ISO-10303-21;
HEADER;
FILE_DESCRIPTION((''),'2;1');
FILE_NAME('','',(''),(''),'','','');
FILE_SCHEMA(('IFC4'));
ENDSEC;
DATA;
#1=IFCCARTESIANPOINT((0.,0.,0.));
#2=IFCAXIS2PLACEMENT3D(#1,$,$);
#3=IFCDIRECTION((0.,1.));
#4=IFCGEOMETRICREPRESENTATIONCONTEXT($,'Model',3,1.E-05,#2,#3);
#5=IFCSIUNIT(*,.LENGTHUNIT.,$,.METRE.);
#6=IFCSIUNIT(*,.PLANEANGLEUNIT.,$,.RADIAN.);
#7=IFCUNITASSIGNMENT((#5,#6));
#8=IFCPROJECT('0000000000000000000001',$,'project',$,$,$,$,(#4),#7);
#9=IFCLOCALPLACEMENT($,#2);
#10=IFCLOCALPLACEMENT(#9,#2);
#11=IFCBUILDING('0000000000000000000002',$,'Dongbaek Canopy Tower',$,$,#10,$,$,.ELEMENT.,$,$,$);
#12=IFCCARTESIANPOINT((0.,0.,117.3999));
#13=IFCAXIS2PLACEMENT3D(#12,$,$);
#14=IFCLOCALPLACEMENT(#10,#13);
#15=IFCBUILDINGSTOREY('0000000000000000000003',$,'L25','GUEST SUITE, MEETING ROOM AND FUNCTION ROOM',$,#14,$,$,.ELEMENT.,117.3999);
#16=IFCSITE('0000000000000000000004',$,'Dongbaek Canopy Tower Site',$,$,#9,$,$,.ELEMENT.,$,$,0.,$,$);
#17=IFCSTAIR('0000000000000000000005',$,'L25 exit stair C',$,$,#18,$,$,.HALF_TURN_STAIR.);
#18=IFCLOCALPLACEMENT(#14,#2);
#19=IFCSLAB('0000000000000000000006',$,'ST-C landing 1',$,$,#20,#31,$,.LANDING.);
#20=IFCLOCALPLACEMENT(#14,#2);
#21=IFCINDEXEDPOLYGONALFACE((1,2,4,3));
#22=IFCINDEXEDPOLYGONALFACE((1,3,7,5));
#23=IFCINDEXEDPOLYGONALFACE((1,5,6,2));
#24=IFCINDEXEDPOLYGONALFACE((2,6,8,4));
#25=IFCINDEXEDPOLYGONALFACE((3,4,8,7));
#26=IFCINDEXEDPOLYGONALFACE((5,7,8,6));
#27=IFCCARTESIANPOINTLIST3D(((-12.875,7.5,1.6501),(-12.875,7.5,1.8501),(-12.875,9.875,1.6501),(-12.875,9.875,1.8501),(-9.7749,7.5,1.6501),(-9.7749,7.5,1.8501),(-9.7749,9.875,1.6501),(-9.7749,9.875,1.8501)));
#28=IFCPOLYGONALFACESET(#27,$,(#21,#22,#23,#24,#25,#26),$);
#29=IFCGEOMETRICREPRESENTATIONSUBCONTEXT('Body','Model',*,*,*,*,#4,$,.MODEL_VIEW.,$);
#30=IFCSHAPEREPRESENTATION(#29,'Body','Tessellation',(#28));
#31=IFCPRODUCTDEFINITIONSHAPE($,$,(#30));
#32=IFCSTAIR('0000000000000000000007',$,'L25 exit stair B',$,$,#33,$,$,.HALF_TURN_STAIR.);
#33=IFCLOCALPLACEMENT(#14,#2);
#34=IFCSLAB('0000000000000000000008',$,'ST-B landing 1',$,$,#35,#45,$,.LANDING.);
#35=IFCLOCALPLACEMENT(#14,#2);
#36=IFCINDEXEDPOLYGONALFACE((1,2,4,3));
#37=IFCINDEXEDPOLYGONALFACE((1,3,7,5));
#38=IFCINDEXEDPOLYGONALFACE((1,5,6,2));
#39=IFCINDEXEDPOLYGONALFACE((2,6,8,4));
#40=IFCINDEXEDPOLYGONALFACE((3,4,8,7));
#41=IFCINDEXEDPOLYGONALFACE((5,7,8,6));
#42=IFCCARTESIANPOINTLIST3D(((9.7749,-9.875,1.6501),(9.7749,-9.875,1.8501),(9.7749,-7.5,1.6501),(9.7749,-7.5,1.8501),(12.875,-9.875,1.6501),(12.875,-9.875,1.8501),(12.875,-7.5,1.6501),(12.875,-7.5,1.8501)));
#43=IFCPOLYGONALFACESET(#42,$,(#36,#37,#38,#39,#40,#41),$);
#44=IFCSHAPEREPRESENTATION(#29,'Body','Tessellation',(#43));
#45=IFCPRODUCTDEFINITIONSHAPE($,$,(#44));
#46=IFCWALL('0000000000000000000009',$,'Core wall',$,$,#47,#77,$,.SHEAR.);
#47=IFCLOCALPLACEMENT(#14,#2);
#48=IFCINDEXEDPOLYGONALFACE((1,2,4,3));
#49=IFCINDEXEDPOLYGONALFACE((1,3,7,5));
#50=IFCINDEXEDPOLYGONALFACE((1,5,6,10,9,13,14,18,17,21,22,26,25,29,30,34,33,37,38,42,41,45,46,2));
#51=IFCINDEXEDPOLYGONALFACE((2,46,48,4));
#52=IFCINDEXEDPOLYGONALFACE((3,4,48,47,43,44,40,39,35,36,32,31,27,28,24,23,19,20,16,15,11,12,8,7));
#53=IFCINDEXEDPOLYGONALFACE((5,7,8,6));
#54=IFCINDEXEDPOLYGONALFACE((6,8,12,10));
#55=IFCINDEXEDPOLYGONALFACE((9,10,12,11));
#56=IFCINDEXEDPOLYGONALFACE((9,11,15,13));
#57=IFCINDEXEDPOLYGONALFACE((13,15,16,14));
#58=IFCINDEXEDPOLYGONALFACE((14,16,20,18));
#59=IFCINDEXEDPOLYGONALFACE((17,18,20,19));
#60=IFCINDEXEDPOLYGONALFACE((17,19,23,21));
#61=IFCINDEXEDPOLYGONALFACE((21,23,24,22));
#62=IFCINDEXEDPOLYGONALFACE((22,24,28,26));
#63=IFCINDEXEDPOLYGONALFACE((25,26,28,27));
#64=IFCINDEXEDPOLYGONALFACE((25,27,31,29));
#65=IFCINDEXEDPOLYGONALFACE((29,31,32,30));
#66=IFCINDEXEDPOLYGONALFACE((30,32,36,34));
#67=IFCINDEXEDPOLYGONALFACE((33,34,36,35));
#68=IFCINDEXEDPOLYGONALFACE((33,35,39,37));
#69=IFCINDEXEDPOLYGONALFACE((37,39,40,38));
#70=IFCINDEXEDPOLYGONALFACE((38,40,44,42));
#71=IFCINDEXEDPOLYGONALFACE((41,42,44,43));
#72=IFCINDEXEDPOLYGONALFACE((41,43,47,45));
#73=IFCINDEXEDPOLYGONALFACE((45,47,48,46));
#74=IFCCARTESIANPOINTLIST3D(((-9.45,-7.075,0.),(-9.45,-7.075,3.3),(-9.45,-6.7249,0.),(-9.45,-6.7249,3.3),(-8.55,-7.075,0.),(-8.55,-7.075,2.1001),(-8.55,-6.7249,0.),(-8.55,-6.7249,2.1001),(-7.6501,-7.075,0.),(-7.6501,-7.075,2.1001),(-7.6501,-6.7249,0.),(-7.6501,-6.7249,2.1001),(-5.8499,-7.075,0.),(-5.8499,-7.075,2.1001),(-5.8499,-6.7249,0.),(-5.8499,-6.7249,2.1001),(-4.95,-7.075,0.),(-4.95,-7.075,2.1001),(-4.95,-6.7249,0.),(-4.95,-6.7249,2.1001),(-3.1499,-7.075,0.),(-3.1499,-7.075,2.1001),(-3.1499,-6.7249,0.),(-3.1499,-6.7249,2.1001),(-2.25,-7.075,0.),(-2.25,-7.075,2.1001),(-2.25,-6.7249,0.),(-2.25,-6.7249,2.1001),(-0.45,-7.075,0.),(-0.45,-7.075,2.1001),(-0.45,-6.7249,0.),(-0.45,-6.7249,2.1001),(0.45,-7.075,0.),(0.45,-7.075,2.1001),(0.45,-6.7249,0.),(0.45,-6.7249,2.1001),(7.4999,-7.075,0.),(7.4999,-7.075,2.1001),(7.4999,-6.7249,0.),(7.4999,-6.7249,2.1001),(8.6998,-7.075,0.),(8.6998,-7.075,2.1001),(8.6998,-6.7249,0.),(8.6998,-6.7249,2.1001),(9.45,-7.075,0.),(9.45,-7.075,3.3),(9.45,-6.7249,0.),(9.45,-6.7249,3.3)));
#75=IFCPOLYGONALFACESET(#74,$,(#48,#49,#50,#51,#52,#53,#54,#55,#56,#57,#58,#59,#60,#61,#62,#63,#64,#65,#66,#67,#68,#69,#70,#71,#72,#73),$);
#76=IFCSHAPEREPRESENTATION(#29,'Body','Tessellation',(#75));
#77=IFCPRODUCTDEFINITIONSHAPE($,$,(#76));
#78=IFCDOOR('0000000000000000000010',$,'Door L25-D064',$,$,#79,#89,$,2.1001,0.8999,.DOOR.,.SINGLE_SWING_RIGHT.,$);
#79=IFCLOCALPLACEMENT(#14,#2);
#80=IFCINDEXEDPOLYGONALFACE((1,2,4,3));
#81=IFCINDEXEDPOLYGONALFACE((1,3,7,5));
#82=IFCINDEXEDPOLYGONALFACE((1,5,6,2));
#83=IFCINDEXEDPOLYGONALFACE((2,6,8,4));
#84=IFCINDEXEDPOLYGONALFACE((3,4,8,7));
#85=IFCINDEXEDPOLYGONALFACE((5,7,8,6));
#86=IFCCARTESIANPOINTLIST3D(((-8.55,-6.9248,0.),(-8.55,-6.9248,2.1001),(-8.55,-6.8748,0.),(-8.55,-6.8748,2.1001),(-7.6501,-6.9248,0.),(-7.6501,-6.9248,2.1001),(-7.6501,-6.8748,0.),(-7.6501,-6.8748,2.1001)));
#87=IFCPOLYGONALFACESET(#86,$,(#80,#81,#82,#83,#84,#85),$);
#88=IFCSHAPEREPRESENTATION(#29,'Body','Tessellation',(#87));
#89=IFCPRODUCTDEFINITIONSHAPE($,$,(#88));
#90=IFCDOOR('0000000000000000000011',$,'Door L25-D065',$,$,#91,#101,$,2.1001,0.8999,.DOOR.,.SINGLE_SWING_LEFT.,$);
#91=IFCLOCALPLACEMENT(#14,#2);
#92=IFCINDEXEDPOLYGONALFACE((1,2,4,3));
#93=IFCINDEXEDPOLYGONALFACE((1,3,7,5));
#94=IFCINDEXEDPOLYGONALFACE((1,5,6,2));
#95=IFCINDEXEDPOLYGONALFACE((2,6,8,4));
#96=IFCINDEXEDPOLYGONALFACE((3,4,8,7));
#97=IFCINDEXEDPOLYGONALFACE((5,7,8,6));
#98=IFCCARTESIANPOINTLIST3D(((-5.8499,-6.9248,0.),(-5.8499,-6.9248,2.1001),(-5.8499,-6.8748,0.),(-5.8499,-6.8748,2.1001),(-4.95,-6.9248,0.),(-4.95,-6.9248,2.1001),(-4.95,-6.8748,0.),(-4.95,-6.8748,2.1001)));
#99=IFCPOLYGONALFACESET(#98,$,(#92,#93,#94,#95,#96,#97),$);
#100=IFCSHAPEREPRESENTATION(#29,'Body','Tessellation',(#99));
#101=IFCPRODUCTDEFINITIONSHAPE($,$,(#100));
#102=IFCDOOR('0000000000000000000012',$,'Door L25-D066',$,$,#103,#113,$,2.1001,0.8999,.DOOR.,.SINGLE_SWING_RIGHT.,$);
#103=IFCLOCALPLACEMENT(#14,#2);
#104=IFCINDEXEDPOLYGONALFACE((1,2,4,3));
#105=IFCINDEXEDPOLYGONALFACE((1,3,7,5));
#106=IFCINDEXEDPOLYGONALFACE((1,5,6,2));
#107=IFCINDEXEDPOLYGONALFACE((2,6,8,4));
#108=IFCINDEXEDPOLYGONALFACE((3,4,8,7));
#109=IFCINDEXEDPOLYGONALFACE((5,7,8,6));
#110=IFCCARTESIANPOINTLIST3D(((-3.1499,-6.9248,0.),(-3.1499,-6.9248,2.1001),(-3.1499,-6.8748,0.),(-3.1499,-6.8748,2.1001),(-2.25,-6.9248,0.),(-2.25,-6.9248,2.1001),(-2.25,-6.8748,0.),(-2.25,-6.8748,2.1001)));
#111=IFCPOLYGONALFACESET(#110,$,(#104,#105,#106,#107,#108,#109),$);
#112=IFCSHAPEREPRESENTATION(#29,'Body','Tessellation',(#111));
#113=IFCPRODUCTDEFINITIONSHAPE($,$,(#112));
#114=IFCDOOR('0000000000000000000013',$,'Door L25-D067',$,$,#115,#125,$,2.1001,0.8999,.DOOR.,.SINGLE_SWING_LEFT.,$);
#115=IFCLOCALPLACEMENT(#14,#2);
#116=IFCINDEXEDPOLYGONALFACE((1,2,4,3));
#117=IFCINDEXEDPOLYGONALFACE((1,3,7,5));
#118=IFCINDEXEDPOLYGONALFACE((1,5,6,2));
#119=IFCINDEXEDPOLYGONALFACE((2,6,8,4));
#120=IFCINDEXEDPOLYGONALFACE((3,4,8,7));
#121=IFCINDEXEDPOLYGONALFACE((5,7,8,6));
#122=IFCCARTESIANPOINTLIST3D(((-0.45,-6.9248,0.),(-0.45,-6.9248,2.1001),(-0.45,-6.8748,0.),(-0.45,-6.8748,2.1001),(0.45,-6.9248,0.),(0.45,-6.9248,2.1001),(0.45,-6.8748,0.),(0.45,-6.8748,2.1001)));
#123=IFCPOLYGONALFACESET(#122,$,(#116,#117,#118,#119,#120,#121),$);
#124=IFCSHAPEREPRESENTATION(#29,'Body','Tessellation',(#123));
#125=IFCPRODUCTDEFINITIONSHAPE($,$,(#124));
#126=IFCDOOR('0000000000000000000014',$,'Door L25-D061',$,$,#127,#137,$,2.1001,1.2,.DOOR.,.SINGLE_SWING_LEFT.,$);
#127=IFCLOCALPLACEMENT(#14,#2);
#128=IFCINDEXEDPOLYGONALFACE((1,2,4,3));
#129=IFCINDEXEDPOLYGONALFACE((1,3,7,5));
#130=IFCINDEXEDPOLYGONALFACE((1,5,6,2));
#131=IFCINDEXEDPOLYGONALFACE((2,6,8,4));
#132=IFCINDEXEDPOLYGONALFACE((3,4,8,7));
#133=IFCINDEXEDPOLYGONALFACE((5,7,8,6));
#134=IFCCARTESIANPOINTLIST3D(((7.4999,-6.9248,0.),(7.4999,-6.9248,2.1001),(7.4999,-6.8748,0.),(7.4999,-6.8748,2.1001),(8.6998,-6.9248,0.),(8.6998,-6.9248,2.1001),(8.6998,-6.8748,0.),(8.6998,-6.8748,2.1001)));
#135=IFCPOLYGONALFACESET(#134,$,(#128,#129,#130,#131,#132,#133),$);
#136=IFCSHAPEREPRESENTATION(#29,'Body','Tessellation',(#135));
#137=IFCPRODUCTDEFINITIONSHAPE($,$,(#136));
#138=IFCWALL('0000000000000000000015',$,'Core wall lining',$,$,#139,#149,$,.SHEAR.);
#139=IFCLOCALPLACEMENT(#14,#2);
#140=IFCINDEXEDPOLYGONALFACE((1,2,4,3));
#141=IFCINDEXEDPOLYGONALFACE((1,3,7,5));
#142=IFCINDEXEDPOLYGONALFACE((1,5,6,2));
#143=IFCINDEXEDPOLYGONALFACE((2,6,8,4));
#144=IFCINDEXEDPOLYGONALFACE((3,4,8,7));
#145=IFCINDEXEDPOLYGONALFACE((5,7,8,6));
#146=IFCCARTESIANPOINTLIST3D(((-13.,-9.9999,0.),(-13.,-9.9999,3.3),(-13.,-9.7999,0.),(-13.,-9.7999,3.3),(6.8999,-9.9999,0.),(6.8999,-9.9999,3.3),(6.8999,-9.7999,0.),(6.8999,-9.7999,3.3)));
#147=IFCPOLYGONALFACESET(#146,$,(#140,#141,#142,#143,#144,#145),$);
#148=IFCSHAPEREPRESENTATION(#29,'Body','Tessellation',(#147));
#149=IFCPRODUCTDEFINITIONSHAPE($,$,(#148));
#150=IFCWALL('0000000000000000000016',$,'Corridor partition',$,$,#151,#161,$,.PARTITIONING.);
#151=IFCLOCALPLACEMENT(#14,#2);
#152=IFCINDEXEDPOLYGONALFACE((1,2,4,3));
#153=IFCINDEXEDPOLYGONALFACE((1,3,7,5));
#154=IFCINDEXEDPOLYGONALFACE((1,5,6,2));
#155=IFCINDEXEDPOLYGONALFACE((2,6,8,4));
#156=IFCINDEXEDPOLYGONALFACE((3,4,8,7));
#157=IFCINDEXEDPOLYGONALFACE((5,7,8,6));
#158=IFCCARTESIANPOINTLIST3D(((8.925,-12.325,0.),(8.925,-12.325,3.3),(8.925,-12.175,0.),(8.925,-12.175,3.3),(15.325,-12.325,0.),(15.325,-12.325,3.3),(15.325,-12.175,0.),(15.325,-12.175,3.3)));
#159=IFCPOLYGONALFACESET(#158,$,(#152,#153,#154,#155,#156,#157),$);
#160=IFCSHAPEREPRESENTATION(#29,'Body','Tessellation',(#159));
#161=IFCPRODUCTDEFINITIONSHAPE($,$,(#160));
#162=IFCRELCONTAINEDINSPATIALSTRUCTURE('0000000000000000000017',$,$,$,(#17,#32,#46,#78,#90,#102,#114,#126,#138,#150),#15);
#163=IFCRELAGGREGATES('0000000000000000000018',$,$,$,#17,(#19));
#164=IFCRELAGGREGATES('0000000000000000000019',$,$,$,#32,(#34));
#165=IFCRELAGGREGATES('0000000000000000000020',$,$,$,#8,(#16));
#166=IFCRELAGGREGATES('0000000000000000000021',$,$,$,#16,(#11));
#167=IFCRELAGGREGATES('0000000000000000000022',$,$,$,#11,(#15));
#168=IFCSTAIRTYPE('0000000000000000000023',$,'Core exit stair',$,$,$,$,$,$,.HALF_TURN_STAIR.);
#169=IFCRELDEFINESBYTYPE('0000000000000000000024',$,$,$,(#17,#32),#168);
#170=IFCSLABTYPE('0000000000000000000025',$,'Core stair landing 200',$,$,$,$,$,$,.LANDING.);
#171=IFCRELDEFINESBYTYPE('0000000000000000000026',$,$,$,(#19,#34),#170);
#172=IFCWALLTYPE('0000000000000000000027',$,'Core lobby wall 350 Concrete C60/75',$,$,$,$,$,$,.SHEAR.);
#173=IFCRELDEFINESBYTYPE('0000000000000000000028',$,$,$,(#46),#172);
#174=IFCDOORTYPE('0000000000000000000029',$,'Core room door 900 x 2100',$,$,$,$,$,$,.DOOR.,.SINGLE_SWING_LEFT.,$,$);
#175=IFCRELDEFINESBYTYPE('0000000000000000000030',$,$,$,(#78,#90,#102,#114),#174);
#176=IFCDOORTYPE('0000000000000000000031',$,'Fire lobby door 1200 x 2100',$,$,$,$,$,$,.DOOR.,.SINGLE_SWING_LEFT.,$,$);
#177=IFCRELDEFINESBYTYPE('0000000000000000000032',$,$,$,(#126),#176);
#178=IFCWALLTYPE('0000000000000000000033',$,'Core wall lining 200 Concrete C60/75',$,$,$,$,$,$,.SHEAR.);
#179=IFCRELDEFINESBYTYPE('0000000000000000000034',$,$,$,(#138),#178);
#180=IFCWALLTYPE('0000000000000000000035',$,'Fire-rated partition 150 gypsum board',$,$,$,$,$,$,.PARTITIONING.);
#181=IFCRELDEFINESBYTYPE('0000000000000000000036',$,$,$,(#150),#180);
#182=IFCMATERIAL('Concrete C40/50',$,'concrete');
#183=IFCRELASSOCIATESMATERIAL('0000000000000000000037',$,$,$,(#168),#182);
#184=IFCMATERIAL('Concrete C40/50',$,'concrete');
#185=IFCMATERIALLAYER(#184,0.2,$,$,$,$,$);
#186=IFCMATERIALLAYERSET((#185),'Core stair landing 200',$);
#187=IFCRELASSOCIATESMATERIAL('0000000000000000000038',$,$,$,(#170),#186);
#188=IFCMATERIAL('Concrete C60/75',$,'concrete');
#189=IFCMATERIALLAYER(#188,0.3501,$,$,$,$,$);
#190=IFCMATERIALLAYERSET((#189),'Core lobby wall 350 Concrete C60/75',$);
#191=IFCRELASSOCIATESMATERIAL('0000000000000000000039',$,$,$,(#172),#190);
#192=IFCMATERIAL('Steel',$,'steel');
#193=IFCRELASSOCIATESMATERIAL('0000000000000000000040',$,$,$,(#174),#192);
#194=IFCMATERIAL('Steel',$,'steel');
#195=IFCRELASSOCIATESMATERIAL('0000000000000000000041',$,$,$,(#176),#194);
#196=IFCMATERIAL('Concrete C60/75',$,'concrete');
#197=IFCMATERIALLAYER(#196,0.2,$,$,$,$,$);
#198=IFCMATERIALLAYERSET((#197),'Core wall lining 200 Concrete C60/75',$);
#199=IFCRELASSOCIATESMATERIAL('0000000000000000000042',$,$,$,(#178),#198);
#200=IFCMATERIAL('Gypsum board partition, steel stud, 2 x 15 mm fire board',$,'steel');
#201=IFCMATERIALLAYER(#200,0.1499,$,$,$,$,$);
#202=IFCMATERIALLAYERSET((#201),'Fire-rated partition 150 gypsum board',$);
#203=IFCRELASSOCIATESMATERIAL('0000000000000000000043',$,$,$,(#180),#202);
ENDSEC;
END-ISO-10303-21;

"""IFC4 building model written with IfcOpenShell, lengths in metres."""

from ifc_helpers import new_model, si_unit, direction, frame, frame_2d, origin, place, context, subcontext, project, spatial, polyline, rectangle, outline, extrude, material, layer, layer_set, type_object, element, fill, aggregate, save


model = new_model("IFC4")

# Units and contexts
model_context = context("Model", 3, precision=1e-05, world=origin(), true_north=direction((0.0, 1.0)))
body_context = subcontext(model_context, "Body", "Model", "MODEL_VIEW")
ifc_project = project(units=[si_unit("LENGTHUNIT", "METRE"), si_unit("PLANEANGLEUNIT", "RADIAN")], contexts=[model_context])

# Site, building, storey
site_placement = place(None, origin())
site = spatial("IfcSite", under=ifc_project, at=site_placement, Name="Dongbaek Canopy Tower Site", CompositionType="ELEMENT", RefElevation=0.0)
building_placement = place(site_placement, origin())
building = spatial("IfcBuilding", under=site, at=building_placement, Name="Dongbaek Canopy Tower", CompositionType="ELEMENT")
storey_placement = place(building_placement, frame((0.0, 0.0, 117.3999)))
storey = spatial("IfcBuildingStorey", under=building, at=storey_placement, Name="L25", Description="GUEST SUITE, MEETING ROOM AND FUNCTION ROOM", CompositionType="ELEMENT", Elevation=117.3999)

# Stairs, slabs
ifc_material_1 = material(Name="Concrete C40/50", Category="concrete")
stair_type = type_object("IfcStairType", Name="Core exit stair", PredefinedType="HALF_TURN_STAIR", material=ifc_material_1)
stair_1_placement = place(storey_placement, origin())
stair_1 = element("IfcStair", 1, at=stair_1_placement, inside=storey, type_object=stair_type, Name="L25 exit stair C", PredefinedType="HALF_TURN_STAIR")
ifc_material_2 = material(Name="Concrete C40/50", Category="concrete")
ifc_layer_1 = layer(ifc_material_2, 0.2)
ifc_layer_set_1 = layer_set([ifc_layer_1], Name="Core stair landing 200")
slab_type = type_object("IfcSlabType", Name="Core stair landing 200", PredefinedType="LANDING", material=ifc_layer_set_1)
slab_1_placement = place(storey_placement, frame((0.0, 0.0, 1.6501)))
slab_1 = element("IfcSlab", 2, at=slab_1_placement, type_object=slab_type, Name="ST-C landing 1", PredefinedType="LANDING", context=body_context, shape_type="SweptSolid", body=[
    extrude(outline(polyline([(-9.7749, 7.5), (-9.7749, 9.875), (-12.875, 9.875), (-12.875, 7.5), (-9.7749, 7.5)])), origin(), (0.0, 0.0, 1.0), 0.2),
])
aggregate(stair_1, [slab_1])
stair_2_placement = place(storey_placement, origin())
stair_2 = element("IfcStair", 3, at=stair_2_placement, inside=storey, type_object=stair_type, Name="L25 exit stair B", PredefinedType="HALF_TURN_STAIR")
slab_2_placement = place(storey_placement, frame((0.0, 0.0, 1.6501)))
slab_2 = element("IfcSlab", 4, at=slab_2_placement, type_object=slab_type, Name="ST-B landing 1", PredefinedType="LANDING", context=body_context, shape_type="SweptSolid", body=[
    extrude(outline(polyline([(9.7749, -7.5), (9.7749, -9.875), (12.875, -9.875), (12.875, -7.5), (9.7749, -7.5)])), origin(), (0.0, 0.0, 1.0), 0.2),
])
aggregate(stair_2, [slab_2])

# Wall, openings, doors
ifc_material_3 = material(Name="Concrete C60/75", Category="concrete")
ifc_layer_2 = layer(ifc_material_3, 0.3501)
ifc_layer_set_2 = layer_set([ifc_layer_2], Name="Core lobby wall 350 Concrete C60/75")
wall_type_1 = type_object("IfcWallType", Name="Core lobby wall 350 Concrete C60/75", PredefinedType="SHEAR", material=ifc_layer_set_2)
wall_1_placement = place(storey_placement, frame((9.45, -6.8999, 0.0), z_axis=(0.0, 0.0, 1.0), x_axis=(-1.0, 0.0, 0.0)))
wall_1 = element("IfcWall", 5, at=wall_1_placement, inside=storey, type_object=wall_type_1, Name="Core wall", PredefinedType="SHEAR", context=body_context, shape_type="SweptSolid", body=[
    extrude(rectangle(XDim=18.8999, YDim=0.3501, at=frame_2d((9.45, 0.0))), origin(), (0.0, 0.0, 1.0), 3.3),
])
opening_1_placement = place(wall_1_placement, frame((0.75, 0.0, 0.0)))
opening_1 = element("IfcOpeningElement", 6, at=opening_1_placement, cuts=wall_1, PredefinedType="OPENING", context=body_context, shape_type="SweptSolid", body=[
    extrude(rectangle(XDim=1.2, YDim=2.1001, at=frame_2d((0.6001, 1.05))), frame((0.0, 0.1851, 0.0), z_axis=(0.0, -1.0, 0.0), x_axis=(1.0, 0.0, 0.0)), (0.0, 0.0, 1.0), 0.3701),
])
opening_2_placement = place(wall_1_placement, frame((17.1001, 0.0, 0.0)))
opening_2 = element("IfcOpeningElement", 7, at=opening_2_placement, cuts=wall_1, PredefinedType="OPENING", context=body_context, shape_type="SweptSolid", body=[
    extrude(rectangle(XDim=0.8999, YDim=2.1001, at=frame_2d((0.45, 1.05))), frame((0.0, 0.1851, 0.0), z_axis=(0.0, -1.0, 0.0), x_axis=(1.0, 0.0, 0.0)), (0.0, 0.0, 1.0), 0.3701),
])
opening_3_placement = place(wall_1_placement, frame((14.3999, 0.0, 0.0)))
opening_3 = element("IfcOpeningElement", 8, at=opening_3_placement, cuts=wall_1, PredefinedType="OPENING", context=body_context, shape_type="SweptSolid", body=[
    extrude(rectangle(XDim=0.8999, YDim=2.1001, at=frame_2d((0.45, 1.05))), frame((0.0, 0.1851, 0.0), z_axis=(0.0, -1.0, 0.0), x_axis=(1.0, 0.0, 0.0)), (0.0, 0.0, 1.0), 0.3701),
])
opening_4_placement = place(wall_1_placement, frame((11.7, 0.0, 0.0)))
opening_4 = element("IfcOpeningElement", 9, at=opening_4_placement, cuts=wall_1, PredefinedType="OPENING", context=body_context, shape_type="SweptSolid", body=[
    extrude(rectangle(XDim=0.8999, YDim=2.1001, at=frame_2d((0.45, 1.05))), frame((0.0, 0.1851, 0.0), z_axis=(0.0, -1.0, 0.0), x_axis=(1.0, 0.0, 0.0)), (0.0, 0.0, 1.0), 0.3701),
])
opening_5_placement = place(wall_1_placement, frame((9.0, 0.0, 0.0)))
opening_5 = element("IfcOpeningElement", 10, at=opening_5_placement, cuts=wall_1, PredefinedType="OPENING", context=body_context, shape_type="SweptSolid", body=[
    extrude(rectangle(XDim=0.8999, YDim=2.1001, at=frame_2d((0.45, 1.05))), frame((0.0, 0.1851, 0.0), z_axis=(0.0, -1.0, 0.0), x_axis=(1.0, 0.0, 0.0)), (0.0, 0.0, 1.0), 0.3701),
])
ifc_material_4 = material(Name="Steel", Category="steel")
door_type_1 = type_object("IfcDoorType", Name="Core room door 900 x 2100", OperationType="SINGLE_SWING_LEFT", PredefinedType="DOOR", material=ifc_material_4)
door_1_placement = place(opening_2_placement, origin())
door_1 = element("IfcDoor", 11, at=door_1_placement, inside=storey, type_object=door_type_1, Name="Door L25-D064", OperationType="SINGLE_SWING_RIGHT", OverallHeight=2.1001, OverallWidth=0.8999, PredefinedType="DOOR", context=body_context, shape_type="SweptSolid", body=[
    extrude(rectangle(XDim=0.8999, YDim=2.1001, at=frame_2d((0.45, 1.05))), frame((0.0, 0.0249, 0.0), z_axis=(0.0, -1.0, 0.0), x_axis=(1.0, 0.0, 0.0)), (0.0, 0.0, 1.0), 0.05),
])
fill(opening_2, door_1)
door_2_placement = place(opening_3_placement, origin())
door_2 = element("IfcDoor", 12, at=door_2_placement, inside=storey, type_object=door_type_1, Name="Door L25-D065", OperationType="SINGLE_SWING_LEFT", OverallHeight=2.1001, OverallWidth=0.8999, PredefinedType="DOOR", context=body_context, shape_type="SweptSolid", body=[
    extrude(rectangle(XDim=0.8999, YDim=2.1001, at=frame_2d((0.45, 1.05))), frame((0.0, 0.0249, 0.0), z_axis=(0.0, -1.0, 0.0), x_axis=(1.0, 0.0, 0.0)), (0.0, 0.0, 1.0), 0.05),
])
fill(opening_3, door_2)
door_3_placement = place(opening_4_placement, origin())
door_3 = element("IfcDoor", 13, at=door_3_placement, inside=storey, type_object=door_type_1, Name="Door L25-D066", OperationType="SINGLE_SWING_RIGHT", OverallHeight=2.1001, OverallWidth=0.8999, PredefinedType="DOOR", context=body_context, shape_type="SweptSolid", body=[
    extrude(rectangle(XDim=0.8999, YDim=2.1001, at=frame_2d((0.45, 1.05))), frame((0.0, 0.0249, 0.0), z_axis=(0.0, -1.0, 0.0), x_axis=(1.0, 0.0, 0.0)), (0.0, 0.0, 1.0), 0.05),
])
fill(opening_4, door_3)
door_4_placement = place(opening_5_placement, origin())
door_4 = element("IfcDoor", 14, at=door_4_placement, inside=storey, type_object=door_type_1, Name="Door L25-D067", OperationType="SINGLE_SWING_LEFT", OverallHeight=2.1001, OverallWidth=0.8999, PredefinedType="DOOR", context=body_context, shape_type="SweptSolid", body=[
    extrude(rectangle(XDim=0.8999, YDim=2.1001, at=frame_2d((0.45, 1.05))), frame((0.0, 0.0249, 0.0), z_axis=(0.0, -1.0, 0.0), x_axis=(1.0, 0.0, 0.0)), (0.0, 0.0, 1.0), 0.05),
])
fill(opening_5, door_4)
ifc_material_5 = material(Name="Steel", Category="steel")
door_type_2 = type_object("IfcDoorType", Name="Fire lobby door 1200 x 2100", OperationType="SINGLE_SWING_LEFT", PredefinedType="DOOR", material=ifc_material_5)
door_5_placement = place(opening_1_placement, origin())
door_5 = element("IfcDoor", 15, at=door_5_placement, inside=storey, type_object=door_type_2, Name="Door L25-D061", OperationType="SINGLE_SWING_LEFT", OverallHeight=2.1001, OverallWidth=1.2, PredefinedType="DOOR", context=body_context, shape_type="SweptSolid", body=[
    extrude(rectangle(XDim=1.2, YDim=2.1001, at=frame_2d((0.6001, 1.05))), frame((0.0, 0.0249, 0.0), z_axis=(0.0, -1.0, 0.0), x_axis=(1.0, 0.0, 0.0)), (0.0, 0.0, 1.0), 0.05),
])
fill(opening_1, door_5)

# Walls
ifc_material_6 = material(Name="Concrete C60/75", Category="concrete")
ifc_layer_3 = layer(ifc_material_6, 0.2)
ifc_layer_set_3 = layer_set([ifc_layer_3], Name="Core wall lining 200 Concrete C60/75")
wall_type_2 = type_object("IfcWallType", Name="Core wall lining 200 Concrete C60/75", PredefinedType="SHEAR", material=ifc_layer_set_3)
wall_2_placement = place(storey_placement, frame((6.8999, -9.8999, 0.0), z_axis=(0.0, 0.0, 1.0), x_axis=(-1.0, 0.0, 0.0)))
element("IfcWall", 16, at=wall_2_placement, inside=storey, type_object=wall_type_2, Name="Core wall lining", PredefinedType="SHEAR", context=body_context, shape_type="SweptSolid", body=[
    extrude(rectangle(XDim=19.8999, YDim=0.2, at=frame_2d((9.95, 0.0))), origin(), (0.0, 0.0, 1.0), 3.3),
])
ifc_material_7 = material(Name="Gypsum board partition, steel stud, 2 x 15 mm fire board", Category="steel")
ifc_layer_4 = layer(ifc_material_7, 0.1499)
ifc_layer_set_4 = layer_set([ifc_layer_4], Name="Fire-rated partition 150 gypsum board")
wall_type_3 = type_object("IfcWallType", Name="Fire-rated partition 150 gypsum board", PredefinedType="PARTITIONING", material=ifc_layer_set_4)
wall_3_placement = place(storey_placement, frame((8.925, -12.25, 0.0), z_axis=(0.0, 0.0, 1.0), x_axis=(1.0, 0.0, 0.0)))
element("IfcWall", 17, at=wall_3_placement, inside=storey, type_object=wall_type_3, Name="Corridor partition", PredefinedType="PARTITIONING", context=body_context, shape_type="SweptSolid", body=[
    extrude(rectangle(XDim=6.3999, YDim=0.1499, at=frame_2d((3.2, 0.0))), origin(), (0.0, 0.0, 1.0), 3.3),
])

save(model, "model.ifc")
